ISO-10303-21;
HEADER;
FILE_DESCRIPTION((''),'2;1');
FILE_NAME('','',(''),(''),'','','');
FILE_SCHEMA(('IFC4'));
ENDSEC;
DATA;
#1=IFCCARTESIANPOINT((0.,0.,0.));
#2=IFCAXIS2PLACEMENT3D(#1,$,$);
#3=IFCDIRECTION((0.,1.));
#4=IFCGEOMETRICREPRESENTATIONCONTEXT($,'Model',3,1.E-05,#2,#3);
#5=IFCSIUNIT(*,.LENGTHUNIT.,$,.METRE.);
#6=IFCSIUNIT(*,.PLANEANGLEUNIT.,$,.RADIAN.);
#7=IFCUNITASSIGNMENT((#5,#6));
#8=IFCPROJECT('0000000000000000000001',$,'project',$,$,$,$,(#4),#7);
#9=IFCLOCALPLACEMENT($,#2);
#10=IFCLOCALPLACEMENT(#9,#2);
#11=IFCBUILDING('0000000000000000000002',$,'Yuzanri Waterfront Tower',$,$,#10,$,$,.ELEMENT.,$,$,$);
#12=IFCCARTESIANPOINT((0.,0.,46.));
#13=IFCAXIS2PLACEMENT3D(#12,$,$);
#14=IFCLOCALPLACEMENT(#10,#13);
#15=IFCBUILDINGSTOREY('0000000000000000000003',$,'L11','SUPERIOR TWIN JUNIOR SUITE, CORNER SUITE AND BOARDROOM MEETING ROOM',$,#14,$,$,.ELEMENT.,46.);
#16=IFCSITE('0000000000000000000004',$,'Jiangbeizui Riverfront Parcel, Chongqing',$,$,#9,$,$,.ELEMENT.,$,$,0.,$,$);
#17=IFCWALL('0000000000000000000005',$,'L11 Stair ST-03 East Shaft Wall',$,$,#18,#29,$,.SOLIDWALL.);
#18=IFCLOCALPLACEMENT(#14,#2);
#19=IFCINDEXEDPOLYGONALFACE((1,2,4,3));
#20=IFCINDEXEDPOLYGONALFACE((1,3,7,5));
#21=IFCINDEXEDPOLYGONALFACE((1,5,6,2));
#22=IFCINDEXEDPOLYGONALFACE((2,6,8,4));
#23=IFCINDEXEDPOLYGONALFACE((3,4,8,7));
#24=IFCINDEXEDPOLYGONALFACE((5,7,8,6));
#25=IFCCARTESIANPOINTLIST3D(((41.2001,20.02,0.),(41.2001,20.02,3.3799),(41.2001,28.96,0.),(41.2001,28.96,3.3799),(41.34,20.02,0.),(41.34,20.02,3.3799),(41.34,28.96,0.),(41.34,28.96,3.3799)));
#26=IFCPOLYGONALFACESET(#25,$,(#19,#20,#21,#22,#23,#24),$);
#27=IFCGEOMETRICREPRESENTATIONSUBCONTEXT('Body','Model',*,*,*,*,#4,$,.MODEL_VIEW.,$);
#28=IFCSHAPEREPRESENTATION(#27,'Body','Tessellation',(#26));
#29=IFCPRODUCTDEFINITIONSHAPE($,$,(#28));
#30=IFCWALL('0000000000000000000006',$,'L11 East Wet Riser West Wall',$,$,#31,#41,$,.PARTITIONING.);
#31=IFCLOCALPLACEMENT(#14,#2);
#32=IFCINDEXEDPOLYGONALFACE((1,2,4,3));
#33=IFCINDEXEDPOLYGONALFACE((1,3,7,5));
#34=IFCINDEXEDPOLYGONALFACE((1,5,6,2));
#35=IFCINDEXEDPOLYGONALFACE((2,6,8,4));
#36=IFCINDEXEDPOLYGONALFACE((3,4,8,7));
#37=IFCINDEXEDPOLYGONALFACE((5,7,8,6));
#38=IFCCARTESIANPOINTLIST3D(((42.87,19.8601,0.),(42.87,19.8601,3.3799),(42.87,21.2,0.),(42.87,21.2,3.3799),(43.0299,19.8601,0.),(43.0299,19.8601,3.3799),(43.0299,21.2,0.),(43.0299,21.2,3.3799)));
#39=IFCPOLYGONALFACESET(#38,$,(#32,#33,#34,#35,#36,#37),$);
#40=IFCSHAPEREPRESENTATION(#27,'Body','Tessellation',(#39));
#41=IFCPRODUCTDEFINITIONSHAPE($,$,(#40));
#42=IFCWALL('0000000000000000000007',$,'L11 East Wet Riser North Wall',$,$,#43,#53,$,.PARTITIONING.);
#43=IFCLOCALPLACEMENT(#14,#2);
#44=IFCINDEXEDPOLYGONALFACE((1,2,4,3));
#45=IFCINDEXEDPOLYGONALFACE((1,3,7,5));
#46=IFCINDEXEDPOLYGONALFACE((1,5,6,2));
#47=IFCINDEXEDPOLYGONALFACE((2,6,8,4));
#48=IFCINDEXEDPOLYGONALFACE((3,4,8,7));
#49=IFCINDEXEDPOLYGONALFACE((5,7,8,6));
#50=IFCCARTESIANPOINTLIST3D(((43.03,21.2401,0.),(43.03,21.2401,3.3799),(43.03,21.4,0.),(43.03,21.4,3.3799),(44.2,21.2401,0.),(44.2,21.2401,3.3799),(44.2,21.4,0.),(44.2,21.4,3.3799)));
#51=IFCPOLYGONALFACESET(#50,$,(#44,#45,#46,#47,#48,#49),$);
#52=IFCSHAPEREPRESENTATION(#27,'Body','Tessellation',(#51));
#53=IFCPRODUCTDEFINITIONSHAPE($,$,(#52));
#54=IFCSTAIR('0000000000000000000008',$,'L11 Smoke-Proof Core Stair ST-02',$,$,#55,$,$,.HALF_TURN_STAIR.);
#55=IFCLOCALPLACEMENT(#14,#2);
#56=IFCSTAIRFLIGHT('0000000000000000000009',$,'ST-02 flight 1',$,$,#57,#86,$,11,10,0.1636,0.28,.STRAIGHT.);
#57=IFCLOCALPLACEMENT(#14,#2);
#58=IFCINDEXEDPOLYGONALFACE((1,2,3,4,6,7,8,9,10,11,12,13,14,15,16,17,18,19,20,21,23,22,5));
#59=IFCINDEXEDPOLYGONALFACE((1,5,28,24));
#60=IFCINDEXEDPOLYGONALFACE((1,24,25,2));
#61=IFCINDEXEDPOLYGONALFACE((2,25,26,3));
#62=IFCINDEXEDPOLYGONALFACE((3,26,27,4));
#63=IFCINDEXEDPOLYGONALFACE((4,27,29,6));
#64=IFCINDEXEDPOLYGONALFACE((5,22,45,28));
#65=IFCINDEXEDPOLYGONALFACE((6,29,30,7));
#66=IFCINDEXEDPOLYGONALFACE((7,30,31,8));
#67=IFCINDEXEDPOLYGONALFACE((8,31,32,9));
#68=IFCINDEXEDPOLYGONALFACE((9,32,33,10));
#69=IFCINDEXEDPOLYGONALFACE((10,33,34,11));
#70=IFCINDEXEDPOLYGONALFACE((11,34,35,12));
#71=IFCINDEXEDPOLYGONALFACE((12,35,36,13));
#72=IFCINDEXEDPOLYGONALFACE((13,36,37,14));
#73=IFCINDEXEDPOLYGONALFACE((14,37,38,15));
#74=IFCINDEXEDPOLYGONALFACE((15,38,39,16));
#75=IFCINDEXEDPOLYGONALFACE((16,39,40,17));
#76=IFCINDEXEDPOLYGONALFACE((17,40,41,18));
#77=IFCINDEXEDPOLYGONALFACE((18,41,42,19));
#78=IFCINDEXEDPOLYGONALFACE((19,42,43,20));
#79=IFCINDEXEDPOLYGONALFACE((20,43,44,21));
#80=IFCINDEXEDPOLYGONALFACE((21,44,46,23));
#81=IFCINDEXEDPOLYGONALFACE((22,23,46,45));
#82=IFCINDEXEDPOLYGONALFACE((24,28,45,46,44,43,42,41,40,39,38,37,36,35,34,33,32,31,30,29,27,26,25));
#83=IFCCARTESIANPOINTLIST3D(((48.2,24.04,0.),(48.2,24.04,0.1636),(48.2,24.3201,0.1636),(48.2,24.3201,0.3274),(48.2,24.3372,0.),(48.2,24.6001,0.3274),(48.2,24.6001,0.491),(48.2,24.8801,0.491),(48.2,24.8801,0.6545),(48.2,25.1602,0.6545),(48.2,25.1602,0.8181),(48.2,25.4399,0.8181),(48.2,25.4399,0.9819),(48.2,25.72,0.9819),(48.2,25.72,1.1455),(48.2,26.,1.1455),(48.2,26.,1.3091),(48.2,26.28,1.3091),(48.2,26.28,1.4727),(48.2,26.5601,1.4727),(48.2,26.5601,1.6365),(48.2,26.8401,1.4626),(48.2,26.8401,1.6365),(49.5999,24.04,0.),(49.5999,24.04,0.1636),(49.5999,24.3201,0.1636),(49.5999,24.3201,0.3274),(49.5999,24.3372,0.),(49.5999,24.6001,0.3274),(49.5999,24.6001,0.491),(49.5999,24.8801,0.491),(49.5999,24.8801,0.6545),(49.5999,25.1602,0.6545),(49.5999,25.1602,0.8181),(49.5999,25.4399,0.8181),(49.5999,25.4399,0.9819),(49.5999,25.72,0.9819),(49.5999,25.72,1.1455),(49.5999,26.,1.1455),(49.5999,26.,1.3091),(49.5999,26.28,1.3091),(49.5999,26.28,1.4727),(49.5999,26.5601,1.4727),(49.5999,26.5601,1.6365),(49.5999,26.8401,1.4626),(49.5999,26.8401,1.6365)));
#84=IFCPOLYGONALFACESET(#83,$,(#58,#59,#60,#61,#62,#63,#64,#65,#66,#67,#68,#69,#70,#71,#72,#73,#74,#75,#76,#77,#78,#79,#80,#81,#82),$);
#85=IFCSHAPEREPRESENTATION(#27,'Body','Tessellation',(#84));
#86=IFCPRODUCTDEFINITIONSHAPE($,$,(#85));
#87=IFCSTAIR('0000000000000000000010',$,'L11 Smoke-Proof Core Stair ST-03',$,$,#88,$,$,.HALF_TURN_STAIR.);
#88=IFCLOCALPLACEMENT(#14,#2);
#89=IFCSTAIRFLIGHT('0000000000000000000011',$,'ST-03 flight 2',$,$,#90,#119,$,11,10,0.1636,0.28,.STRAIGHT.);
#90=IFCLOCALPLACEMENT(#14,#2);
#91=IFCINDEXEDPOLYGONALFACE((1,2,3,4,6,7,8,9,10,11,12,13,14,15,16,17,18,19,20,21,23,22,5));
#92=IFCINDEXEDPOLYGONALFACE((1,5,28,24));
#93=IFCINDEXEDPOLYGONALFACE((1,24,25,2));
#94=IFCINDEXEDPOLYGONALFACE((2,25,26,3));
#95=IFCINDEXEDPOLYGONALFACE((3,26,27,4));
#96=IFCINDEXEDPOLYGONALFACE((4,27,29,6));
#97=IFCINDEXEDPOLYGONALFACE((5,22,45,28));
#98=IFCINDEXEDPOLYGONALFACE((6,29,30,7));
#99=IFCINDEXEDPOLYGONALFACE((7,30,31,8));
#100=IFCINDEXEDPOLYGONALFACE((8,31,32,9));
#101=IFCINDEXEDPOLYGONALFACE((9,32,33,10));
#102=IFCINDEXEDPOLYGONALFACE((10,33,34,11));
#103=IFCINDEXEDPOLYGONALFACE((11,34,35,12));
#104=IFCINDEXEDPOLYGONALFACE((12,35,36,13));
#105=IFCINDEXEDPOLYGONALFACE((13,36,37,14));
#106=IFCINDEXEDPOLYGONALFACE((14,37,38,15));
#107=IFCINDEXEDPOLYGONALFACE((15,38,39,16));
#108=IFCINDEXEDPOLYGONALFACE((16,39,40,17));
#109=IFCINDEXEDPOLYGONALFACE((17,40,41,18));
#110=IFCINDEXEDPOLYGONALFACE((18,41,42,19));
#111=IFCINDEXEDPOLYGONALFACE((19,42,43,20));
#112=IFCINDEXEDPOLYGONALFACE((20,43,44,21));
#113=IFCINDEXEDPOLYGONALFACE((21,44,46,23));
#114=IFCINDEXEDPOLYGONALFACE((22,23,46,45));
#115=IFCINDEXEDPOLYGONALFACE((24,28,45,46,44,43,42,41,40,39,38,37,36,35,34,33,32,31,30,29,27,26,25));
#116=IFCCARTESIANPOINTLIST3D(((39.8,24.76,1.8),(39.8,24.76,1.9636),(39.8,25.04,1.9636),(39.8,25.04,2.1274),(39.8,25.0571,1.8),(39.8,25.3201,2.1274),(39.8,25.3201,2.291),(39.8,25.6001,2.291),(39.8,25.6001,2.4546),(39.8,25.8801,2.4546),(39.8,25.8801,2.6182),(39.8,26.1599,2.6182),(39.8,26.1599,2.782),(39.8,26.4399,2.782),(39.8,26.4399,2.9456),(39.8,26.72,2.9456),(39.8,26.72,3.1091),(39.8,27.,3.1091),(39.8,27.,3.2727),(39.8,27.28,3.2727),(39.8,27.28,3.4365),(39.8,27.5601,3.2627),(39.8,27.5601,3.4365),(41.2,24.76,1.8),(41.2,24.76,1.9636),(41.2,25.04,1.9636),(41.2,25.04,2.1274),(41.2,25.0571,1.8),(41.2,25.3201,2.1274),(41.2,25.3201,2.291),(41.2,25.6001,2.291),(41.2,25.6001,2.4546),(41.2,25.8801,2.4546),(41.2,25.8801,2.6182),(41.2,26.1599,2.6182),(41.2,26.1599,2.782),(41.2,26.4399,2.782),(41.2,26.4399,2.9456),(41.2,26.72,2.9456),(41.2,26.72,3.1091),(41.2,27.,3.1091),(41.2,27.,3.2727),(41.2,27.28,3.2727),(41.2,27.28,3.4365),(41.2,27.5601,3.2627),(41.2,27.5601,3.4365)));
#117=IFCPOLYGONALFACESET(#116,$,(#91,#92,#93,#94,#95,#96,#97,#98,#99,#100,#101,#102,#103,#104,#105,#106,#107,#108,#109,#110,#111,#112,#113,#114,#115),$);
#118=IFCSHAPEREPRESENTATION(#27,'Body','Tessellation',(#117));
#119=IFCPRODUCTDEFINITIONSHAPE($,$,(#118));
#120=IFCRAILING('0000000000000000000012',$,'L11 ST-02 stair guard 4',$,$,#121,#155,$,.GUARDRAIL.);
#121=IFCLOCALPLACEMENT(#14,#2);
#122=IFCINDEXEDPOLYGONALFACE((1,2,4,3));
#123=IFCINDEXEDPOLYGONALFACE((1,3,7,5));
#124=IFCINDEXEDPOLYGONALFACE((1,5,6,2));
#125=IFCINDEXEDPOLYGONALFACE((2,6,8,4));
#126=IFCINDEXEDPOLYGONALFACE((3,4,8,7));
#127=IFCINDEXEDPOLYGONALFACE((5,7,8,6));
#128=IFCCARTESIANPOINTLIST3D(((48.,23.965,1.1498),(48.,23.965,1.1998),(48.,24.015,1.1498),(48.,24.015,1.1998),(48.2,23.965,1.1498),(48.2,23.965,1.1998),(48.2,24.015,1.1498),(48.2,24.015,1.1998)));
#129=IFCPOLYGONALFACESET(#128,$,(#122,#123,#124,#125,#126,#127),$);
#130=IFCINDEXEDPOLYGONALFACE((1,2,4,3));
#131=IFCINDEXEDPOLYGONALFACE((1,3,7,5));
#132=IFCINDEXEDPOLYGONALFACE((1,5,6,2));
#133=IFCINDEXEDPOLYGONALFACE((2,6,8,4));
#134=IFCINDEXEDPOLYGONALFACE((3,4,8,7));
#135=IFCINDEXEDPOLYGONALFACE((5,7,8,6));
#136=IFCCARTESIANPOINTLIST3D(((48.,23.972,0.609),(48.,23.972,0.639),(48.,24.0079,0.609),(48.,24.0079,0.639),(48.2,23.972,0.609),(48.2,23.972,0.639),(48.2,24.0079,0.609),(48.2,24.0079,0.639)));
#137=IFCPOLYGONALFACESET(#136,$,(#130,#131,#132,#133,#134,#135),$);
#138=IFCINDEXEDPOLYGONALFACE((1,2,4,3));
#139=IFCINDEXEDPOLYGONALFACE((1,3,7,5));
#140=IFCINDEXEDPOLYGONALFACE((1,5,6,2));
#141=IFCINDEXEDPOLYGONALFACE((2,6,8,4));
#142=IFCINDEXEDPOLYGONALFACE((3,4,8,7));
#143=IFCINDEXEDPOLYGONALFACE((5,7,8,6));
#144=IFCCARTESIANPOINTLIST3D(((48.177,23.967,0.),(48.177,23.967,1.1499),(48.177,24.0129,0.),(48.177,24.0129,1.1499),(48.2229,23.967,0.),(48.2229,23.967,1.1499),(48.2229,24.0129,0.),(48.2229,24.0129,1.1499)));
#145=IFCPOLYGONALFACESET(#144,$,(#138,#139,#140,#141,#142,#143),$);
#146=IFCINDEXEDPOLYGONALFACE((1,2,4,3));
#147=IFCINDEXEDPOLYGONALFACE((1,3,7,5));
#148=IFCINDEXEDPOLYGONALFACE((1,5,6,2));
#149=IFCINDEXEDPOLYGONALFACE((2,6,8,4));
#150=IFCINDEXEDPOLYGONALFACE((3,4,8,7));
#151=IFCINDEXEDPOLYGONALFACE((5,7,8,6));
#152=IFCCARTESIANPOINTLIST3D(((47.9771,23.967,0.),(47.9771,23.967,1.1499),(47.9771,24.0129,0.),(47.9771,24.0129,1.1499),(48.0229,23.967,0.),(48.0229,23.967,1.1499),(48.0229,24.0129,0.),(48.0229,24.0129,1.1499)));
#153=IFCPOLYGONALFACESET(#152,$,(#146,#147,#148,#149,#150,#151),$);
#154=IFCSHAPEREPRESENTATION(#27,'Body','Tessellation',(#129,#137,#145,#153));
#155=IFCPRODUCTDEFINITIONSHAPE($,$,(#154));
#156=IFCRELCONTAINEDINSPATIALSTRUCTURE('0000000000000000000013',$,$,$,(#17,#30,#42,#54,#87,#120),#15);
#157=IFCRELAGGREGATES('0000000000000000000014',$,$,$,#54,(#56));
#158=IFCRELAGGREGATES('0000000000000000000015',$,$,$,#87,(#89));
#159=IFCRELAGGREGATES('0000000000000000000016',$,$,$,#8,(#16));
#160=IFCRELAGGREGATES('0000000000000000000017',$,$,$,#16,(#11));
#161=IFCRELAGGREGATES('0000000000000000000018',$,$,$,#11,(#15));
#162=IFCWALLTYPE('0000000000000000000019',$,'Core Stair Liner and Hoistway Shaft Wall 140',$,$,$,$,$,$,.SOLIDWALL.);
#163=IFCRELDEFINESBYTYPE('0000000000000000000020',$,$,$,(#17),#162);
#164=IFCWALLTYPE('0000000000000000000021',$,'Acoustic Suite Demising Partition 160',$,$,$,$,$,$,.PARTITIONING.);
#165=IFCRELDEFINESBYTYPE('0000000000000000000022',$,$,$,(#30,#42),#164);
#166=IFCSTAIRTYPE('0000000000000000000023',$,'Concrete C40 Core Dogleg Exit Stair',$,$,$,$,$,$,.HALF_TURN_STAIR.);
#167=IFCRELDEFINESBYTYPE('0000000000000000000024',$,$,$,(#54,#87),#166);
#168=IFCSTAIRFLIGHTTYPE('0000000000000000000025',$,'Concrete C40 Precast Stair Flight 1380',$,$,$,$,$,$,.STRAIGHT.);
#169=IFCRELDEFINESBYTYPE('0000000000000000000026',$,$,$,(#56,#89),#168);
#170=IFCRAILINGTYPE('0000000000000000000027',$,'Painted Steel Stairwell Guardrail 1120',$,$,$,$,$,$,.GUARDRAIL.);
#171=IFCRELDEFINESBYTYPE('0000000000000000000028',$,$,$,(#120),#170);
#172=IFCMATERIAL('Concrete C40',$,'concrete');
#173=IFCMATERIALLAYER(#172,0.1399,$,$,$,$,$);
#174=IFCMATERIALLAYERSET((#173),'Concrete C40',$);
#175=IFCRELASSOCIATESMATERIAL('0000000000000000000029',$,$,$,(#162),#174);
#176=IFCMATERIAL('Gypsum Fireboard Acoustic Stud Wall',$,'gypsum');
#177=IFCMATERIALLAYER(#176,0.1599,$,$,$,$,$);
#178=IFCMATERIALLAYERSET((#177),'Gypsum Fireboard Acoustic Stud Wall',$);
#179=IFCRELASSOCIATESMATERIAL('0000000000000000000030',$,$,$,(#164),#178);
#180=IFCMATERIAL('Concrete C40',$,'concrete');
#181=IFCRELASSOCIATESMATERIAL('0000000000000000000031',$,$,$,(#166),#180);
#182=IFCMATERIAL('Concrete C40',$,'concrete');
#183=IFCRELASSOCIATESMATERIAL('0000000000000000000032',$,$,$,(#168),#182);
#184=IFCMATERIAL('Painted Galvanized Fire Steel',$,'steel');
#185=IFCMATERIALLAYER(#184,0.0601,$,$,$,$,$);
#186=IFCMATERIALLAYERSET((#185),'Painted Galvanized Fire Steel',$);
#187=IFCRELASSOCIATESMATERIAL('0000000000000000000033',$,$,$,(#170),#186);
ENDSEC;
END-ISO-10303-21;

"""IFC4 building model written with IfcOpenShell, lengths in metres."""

from ifc_helpers import new_model, si_unit, direction, frame, frame_2d, origin, origin_2d, place, context, subcontext, project, spatial, polyline, rectangle, outline, extrude, source, transform, mapped, material, layer, layer_set, type_object, element, aggregate, save


model = new_model("IFC4")

# Units and contexts
model_context = context("Model", 3, precision=1e-05, world=origin(), true_north=direction((0.0, 1.0)))
body_context = subcontext(model_context, "Body", "Model", "MODEL_VIEW")
ifc_project = project(units=[si_unit("LENGTHUNIT", "METRE"), si_unit("PLANEANGLEUNIT", "RADIAN")], contexts=[model_context])

# Site, building, storey
site_placement = place(None, origin())
site = spatial("IfcSite", under=ifc_project, at=site_placement, Name="Jiangbeizui Riverfront Parcel, Chongqing", CompositionType="ELEMENT", RefElevation=0.0)
building_placement = place(site_placement, origin())
building = spatial("IfcBuilding", under=site, at=building_placement, Name="Yuzanri Waterfront Tower", CompositionType="ELEMENT")
storey_placement = place(building_placement, frame((0.0, 0.0, 46.0)))
storey = spatial("IfcBuildingStorey", under=building, at=storey_placement, Name="L11", Description="SUPERIOR TWIN JUNIOR SUITE, CORNER SUITE AND BOARDROOM MEETING ROOM", CompositionType="ELEMENT", Elevation=46.0)

# Shared definitions
ifc_material_1 = material(Name="Concrete C40", Category="concrete")
ifc_layer_1 = layer(ifc_material_1, 0.1399)
ifc_layer_set_1 = layer_set([ifc_layer_1], Name="Concrete C40")
wall_type_1 = type_object("IfcWallType", Name="Core Stair Liner and Hoistway Shaft Wall 140", PredefinedType="SOLIDWALL", material=ifc_layer_set_1)

# Walls
shared_shape_1 = source(origin(), body_context, "Body", "SweptSolid", [
    extrude(rectangle(XDim=8.9399, YDim=0.1399, at=frame_2d((4.47, 0.0))), origin(), (0.0, 0.0, 1.0), 3.3799),
])
wall_1_placement = place(storey_placement, frame((41.27, 20.02, 0.0), z_axis=(0.0, 0.0, 1.0), x_axis=(0.0, 1.0, 0.0)))
element("IfcWall", 1, at=wall_1_placement, inside=storey, type_object=wall_type_1, Name="L11 Stair ST-03 East Shaft Wall", PredefinedType="SOLIDWALL", context=body_context, shape_type="MappedRepresentation", body=[
    mapped(shared_shape_1, transform((0.0, 0.0, 0.0), scale=1.0)),
])
ifc_material_2 = material(Name="Gypsum Fireboard Acoustic Stud Wall", Category="gypsum")
ifc_layer_2 = layer(ifc_material_2, 0.1599)
ifc_layer_set_2 = layer_set([ifc_layer_2], Name="Gypsum Fireboard Acoustic Stud Wall")
wall_type_2 = type_object("IfcWallType", Name="Acoustic Suite Demising Partition 160", PredefinedType="PARTITIONING", material=ifc_layer_set_2)
shared_shape_2 = source(origin(), body_context, "Body", "SweptSolid", [
    extrude(rectangle(XDim=1.3398, YDim=0.1599, at=frame_2d((0.6699, 0.0))), origin(), (0.0, 0.0, 1.0), 3.3799),
])
wall_2_placement = place(storey_placement, frame((42.95, 19.8601, 0.0), z_axis=(0.0, 0.0, 1.0), x_axis=(0.0, 1.0, 0.0)))
element("IfcWall", 2, at=wall_2_placement, inside=storey, type_object=wall_type_2, Name="L11 East Wet Riser West Wall", PredefinedType="PARTITIONING", context=body_context, shape_type="MappedRepresentation", body=[
    mapped(shared_shape_2, transform((0.0, 0.0, 0.0), scale=1.0)),
])
shared_shape_3 = source(origin(), body_context, "Body", "SweptSolid", [
    extrude(rectangle(XDim=1.1699, YDim=0.1599, at=frame_2d((0.585, 0.0))), origin(), (0.0, 0.0, 1.0), 3.3799),
])
wall_3_placement = place(storey_placement, frame((43.03, 21.3201, 0.0), z_axis=(0.0, 0.0, 1.0), x_axis=(1.0, 0.0, 0.0)))
element("IfcWall", 3, at=wall_3_placement, inside=storey, type_object=wall_type_2, Name="L11 East Wet Riser North Wall", PredefinedType="PARTITIONING", context=body_context, shape_type="MappedRepresentation", body=[
    mapped(shared_shape_3, transform((0.0, 0.0, 0.0), scale=1.0)),
])

# Stairs, stair flights
ifc_material_3 = material(Name="Concrete C40", Category="concrete")
stair_type = type_object("IfcStairType", Name="Concrete C40 Core Dogleg Exit Stair", PredefinedType="HALF_TURN_STAIR", material=ifc_material_3)
stair_1_placement = place(storey_placement, origin())
stair_1 = element("IfcStair", 4, at=stair_1_placement, inside=storey, type_object=stair_type, Name="L11 Smoke-Proof Core Stair ST-02", PredefinedType="HALF_TURN_STAIR")
ifc_material_4 = material(Name="Concrete C40", Category="concrete")
stair_flight_type = type_object("IfcStairFlightType", Name="Concrete C40 Precast Stair Flight 1380", PredefinedType="STRAIGHT", material=ifc_material_4)
shared_shape_4 = source(origin(), body_context, "Body", "SweptSolid", [
    extrude(outline(polyline([(0.0, 0.0), (0.0, 0.1636), (0.28, 0.1636), (0.28, 0.3274), (0.5601, 0.3274), (0.5601, 0.491), (0.8401, 0.491), (0.8401, 0.6545), (1.1201, 0.6545), (1.1201, 0.8181), (1.3999, 0.8181), (1.3999, 0.9819), (1.6799, 0.9819), (1.6799, 1.1455), (1.96, 1.1455), (1.96, 1.3091), (2.24, 1.3091), (2.24, 1.4727), (2.52, 1.4727), (2.52, 1.6365), (2.8, 1.6365), (2.8, 1.8), (2.8, 1.4626), (0.2971, 0.0), (0.0, 0.0)])), frame((0.0, 0.7, 0.0), z_axis=(0.0, -1.0, 0.0), x_axis=(1.0, 0.0, 0.0)), (0.0, 0.0, 1.0), 1.3999),
])
stair_flight_1_placement = place(storey_placement, frame((48.8999, 24.04, 0.0), z_axis=(0.0, 0.0, 1.0), x_axis=(0.0, 1.0, 0.0)))
stair_flight_1 = element("IfcStairFlight", 5, at=stair_flight_1_placement, type_object=stair_flight_type, Name="ST-02 flight 1", NumberOfRisers=11, NumberOfTreads=10, PredefinedType="STRAIGHT", RiserHeight=0.1636, TreadLength=0.28, context=body_context, shape_type="MappedRepresentation", body=[
    mapped(shared_shape_4, transform((0.0, 0.0, 0.0), scale=1.0)),
])
aggregate(stair_1, [stair_flight_1])
stair_2_placement = place(storey_placement, origin())
stair_2 = element("IfcStair", 6, at=stair_2_placement, inside=storey, type_object=stair_type, Name="L11 Smoke-Proof Core Stair ST-03", PredefinedType="HALF_TURN_STAIR")
stair_flight_2_placement = place(storey_placement, frame((40.5, 24.76, 1.8), z_axis=(0.0, 0.0, 1.0), x_axis=(0.0, 1.0, 0.0)))
stair_flight_2 = element("IfcStairFlight", 7, at=stair_flight_2_placement, type_object=stair_flight_type, Name="ST-03 flight 2", NumberOfRisers=11, NumberOfTreads=10, PredefinedType="STRAIGHT", RiserHeight=0.1636, TreadLength=0.28, context=body_context, shape_type="MappedRepresentation", body=[
    mapped(shared_shape_4, transform((0.0, 0.0, 0.0), scale=1.0)),
])
aggregate(stair_2, [stair_flight_2])

# Railing
ifc_material_5 = material(Name="Painted Galvanized Fire Steel", Category="steel")
ifc_layer_3 = layer(ifc_material_5, 0.0601)
ifc_layer_set_3 = layer_set([ifc_layer_3], Name="Painted Galvanized Fire Steel")
railing_type_1 = type_object("IfcRailingType", Name="Painted Steel Stairwell Guardrail 1120", PredefinedType="GUARDRAIL", material=ifc_layer_set_3)
shared_shape_5 = source(origin(), body_context, "Body", "SweptSolid", [
    extrude(rectangle(XDim=0.05, YDim=0.05, at=origin_2d()), frame((0.0, 0.0, 1.1748), z_axis=(-1.0, 0.0, 0.0), x_axis=(0.0, -1.0, 0.0)), (0.0, 0.0, 1.0), 0.2),
    extrude(rectangle(XDim=0.0359, YDim=0.03, at=origin_2d()), frame((0.0, 0.0, 0.624), z_axis=(-1.0, 0.0, 0.0), x_axis=(0.0, -1.0, 0.0)), (0.0, 0.0, 1.0), 0.2),
    extrude(rectangle(XDim=0.0459, YDim=0.0459, at=origin_2d()), origin(), (0.0, 0.0, 1.0), 1.1499),
    extrude(rectangle(XDim=0.0459, YDim=0.0459, at=origin_2d()), frame((-0.2, 0.0, 0.0)), (0.0, 0.0, 1.0), 1.1499),
])
railing_1_placement = place(storey_placement, frame((48.2, 23.99, 0.0)))
element("IfcRailing", 8, at=railing_1_placement, inside=storey, type_object=railing_type_1, Name="L11 ST-02 stair guard 4", PredefinedType="GUARDRAIL", context=body_context, shape_type="MappedRepresentation", body=[
    mapped(shared_shape_5, transform((0.0, 0.0, 0.0), scale=1.0)),
])

save(model, "model.ifc")
